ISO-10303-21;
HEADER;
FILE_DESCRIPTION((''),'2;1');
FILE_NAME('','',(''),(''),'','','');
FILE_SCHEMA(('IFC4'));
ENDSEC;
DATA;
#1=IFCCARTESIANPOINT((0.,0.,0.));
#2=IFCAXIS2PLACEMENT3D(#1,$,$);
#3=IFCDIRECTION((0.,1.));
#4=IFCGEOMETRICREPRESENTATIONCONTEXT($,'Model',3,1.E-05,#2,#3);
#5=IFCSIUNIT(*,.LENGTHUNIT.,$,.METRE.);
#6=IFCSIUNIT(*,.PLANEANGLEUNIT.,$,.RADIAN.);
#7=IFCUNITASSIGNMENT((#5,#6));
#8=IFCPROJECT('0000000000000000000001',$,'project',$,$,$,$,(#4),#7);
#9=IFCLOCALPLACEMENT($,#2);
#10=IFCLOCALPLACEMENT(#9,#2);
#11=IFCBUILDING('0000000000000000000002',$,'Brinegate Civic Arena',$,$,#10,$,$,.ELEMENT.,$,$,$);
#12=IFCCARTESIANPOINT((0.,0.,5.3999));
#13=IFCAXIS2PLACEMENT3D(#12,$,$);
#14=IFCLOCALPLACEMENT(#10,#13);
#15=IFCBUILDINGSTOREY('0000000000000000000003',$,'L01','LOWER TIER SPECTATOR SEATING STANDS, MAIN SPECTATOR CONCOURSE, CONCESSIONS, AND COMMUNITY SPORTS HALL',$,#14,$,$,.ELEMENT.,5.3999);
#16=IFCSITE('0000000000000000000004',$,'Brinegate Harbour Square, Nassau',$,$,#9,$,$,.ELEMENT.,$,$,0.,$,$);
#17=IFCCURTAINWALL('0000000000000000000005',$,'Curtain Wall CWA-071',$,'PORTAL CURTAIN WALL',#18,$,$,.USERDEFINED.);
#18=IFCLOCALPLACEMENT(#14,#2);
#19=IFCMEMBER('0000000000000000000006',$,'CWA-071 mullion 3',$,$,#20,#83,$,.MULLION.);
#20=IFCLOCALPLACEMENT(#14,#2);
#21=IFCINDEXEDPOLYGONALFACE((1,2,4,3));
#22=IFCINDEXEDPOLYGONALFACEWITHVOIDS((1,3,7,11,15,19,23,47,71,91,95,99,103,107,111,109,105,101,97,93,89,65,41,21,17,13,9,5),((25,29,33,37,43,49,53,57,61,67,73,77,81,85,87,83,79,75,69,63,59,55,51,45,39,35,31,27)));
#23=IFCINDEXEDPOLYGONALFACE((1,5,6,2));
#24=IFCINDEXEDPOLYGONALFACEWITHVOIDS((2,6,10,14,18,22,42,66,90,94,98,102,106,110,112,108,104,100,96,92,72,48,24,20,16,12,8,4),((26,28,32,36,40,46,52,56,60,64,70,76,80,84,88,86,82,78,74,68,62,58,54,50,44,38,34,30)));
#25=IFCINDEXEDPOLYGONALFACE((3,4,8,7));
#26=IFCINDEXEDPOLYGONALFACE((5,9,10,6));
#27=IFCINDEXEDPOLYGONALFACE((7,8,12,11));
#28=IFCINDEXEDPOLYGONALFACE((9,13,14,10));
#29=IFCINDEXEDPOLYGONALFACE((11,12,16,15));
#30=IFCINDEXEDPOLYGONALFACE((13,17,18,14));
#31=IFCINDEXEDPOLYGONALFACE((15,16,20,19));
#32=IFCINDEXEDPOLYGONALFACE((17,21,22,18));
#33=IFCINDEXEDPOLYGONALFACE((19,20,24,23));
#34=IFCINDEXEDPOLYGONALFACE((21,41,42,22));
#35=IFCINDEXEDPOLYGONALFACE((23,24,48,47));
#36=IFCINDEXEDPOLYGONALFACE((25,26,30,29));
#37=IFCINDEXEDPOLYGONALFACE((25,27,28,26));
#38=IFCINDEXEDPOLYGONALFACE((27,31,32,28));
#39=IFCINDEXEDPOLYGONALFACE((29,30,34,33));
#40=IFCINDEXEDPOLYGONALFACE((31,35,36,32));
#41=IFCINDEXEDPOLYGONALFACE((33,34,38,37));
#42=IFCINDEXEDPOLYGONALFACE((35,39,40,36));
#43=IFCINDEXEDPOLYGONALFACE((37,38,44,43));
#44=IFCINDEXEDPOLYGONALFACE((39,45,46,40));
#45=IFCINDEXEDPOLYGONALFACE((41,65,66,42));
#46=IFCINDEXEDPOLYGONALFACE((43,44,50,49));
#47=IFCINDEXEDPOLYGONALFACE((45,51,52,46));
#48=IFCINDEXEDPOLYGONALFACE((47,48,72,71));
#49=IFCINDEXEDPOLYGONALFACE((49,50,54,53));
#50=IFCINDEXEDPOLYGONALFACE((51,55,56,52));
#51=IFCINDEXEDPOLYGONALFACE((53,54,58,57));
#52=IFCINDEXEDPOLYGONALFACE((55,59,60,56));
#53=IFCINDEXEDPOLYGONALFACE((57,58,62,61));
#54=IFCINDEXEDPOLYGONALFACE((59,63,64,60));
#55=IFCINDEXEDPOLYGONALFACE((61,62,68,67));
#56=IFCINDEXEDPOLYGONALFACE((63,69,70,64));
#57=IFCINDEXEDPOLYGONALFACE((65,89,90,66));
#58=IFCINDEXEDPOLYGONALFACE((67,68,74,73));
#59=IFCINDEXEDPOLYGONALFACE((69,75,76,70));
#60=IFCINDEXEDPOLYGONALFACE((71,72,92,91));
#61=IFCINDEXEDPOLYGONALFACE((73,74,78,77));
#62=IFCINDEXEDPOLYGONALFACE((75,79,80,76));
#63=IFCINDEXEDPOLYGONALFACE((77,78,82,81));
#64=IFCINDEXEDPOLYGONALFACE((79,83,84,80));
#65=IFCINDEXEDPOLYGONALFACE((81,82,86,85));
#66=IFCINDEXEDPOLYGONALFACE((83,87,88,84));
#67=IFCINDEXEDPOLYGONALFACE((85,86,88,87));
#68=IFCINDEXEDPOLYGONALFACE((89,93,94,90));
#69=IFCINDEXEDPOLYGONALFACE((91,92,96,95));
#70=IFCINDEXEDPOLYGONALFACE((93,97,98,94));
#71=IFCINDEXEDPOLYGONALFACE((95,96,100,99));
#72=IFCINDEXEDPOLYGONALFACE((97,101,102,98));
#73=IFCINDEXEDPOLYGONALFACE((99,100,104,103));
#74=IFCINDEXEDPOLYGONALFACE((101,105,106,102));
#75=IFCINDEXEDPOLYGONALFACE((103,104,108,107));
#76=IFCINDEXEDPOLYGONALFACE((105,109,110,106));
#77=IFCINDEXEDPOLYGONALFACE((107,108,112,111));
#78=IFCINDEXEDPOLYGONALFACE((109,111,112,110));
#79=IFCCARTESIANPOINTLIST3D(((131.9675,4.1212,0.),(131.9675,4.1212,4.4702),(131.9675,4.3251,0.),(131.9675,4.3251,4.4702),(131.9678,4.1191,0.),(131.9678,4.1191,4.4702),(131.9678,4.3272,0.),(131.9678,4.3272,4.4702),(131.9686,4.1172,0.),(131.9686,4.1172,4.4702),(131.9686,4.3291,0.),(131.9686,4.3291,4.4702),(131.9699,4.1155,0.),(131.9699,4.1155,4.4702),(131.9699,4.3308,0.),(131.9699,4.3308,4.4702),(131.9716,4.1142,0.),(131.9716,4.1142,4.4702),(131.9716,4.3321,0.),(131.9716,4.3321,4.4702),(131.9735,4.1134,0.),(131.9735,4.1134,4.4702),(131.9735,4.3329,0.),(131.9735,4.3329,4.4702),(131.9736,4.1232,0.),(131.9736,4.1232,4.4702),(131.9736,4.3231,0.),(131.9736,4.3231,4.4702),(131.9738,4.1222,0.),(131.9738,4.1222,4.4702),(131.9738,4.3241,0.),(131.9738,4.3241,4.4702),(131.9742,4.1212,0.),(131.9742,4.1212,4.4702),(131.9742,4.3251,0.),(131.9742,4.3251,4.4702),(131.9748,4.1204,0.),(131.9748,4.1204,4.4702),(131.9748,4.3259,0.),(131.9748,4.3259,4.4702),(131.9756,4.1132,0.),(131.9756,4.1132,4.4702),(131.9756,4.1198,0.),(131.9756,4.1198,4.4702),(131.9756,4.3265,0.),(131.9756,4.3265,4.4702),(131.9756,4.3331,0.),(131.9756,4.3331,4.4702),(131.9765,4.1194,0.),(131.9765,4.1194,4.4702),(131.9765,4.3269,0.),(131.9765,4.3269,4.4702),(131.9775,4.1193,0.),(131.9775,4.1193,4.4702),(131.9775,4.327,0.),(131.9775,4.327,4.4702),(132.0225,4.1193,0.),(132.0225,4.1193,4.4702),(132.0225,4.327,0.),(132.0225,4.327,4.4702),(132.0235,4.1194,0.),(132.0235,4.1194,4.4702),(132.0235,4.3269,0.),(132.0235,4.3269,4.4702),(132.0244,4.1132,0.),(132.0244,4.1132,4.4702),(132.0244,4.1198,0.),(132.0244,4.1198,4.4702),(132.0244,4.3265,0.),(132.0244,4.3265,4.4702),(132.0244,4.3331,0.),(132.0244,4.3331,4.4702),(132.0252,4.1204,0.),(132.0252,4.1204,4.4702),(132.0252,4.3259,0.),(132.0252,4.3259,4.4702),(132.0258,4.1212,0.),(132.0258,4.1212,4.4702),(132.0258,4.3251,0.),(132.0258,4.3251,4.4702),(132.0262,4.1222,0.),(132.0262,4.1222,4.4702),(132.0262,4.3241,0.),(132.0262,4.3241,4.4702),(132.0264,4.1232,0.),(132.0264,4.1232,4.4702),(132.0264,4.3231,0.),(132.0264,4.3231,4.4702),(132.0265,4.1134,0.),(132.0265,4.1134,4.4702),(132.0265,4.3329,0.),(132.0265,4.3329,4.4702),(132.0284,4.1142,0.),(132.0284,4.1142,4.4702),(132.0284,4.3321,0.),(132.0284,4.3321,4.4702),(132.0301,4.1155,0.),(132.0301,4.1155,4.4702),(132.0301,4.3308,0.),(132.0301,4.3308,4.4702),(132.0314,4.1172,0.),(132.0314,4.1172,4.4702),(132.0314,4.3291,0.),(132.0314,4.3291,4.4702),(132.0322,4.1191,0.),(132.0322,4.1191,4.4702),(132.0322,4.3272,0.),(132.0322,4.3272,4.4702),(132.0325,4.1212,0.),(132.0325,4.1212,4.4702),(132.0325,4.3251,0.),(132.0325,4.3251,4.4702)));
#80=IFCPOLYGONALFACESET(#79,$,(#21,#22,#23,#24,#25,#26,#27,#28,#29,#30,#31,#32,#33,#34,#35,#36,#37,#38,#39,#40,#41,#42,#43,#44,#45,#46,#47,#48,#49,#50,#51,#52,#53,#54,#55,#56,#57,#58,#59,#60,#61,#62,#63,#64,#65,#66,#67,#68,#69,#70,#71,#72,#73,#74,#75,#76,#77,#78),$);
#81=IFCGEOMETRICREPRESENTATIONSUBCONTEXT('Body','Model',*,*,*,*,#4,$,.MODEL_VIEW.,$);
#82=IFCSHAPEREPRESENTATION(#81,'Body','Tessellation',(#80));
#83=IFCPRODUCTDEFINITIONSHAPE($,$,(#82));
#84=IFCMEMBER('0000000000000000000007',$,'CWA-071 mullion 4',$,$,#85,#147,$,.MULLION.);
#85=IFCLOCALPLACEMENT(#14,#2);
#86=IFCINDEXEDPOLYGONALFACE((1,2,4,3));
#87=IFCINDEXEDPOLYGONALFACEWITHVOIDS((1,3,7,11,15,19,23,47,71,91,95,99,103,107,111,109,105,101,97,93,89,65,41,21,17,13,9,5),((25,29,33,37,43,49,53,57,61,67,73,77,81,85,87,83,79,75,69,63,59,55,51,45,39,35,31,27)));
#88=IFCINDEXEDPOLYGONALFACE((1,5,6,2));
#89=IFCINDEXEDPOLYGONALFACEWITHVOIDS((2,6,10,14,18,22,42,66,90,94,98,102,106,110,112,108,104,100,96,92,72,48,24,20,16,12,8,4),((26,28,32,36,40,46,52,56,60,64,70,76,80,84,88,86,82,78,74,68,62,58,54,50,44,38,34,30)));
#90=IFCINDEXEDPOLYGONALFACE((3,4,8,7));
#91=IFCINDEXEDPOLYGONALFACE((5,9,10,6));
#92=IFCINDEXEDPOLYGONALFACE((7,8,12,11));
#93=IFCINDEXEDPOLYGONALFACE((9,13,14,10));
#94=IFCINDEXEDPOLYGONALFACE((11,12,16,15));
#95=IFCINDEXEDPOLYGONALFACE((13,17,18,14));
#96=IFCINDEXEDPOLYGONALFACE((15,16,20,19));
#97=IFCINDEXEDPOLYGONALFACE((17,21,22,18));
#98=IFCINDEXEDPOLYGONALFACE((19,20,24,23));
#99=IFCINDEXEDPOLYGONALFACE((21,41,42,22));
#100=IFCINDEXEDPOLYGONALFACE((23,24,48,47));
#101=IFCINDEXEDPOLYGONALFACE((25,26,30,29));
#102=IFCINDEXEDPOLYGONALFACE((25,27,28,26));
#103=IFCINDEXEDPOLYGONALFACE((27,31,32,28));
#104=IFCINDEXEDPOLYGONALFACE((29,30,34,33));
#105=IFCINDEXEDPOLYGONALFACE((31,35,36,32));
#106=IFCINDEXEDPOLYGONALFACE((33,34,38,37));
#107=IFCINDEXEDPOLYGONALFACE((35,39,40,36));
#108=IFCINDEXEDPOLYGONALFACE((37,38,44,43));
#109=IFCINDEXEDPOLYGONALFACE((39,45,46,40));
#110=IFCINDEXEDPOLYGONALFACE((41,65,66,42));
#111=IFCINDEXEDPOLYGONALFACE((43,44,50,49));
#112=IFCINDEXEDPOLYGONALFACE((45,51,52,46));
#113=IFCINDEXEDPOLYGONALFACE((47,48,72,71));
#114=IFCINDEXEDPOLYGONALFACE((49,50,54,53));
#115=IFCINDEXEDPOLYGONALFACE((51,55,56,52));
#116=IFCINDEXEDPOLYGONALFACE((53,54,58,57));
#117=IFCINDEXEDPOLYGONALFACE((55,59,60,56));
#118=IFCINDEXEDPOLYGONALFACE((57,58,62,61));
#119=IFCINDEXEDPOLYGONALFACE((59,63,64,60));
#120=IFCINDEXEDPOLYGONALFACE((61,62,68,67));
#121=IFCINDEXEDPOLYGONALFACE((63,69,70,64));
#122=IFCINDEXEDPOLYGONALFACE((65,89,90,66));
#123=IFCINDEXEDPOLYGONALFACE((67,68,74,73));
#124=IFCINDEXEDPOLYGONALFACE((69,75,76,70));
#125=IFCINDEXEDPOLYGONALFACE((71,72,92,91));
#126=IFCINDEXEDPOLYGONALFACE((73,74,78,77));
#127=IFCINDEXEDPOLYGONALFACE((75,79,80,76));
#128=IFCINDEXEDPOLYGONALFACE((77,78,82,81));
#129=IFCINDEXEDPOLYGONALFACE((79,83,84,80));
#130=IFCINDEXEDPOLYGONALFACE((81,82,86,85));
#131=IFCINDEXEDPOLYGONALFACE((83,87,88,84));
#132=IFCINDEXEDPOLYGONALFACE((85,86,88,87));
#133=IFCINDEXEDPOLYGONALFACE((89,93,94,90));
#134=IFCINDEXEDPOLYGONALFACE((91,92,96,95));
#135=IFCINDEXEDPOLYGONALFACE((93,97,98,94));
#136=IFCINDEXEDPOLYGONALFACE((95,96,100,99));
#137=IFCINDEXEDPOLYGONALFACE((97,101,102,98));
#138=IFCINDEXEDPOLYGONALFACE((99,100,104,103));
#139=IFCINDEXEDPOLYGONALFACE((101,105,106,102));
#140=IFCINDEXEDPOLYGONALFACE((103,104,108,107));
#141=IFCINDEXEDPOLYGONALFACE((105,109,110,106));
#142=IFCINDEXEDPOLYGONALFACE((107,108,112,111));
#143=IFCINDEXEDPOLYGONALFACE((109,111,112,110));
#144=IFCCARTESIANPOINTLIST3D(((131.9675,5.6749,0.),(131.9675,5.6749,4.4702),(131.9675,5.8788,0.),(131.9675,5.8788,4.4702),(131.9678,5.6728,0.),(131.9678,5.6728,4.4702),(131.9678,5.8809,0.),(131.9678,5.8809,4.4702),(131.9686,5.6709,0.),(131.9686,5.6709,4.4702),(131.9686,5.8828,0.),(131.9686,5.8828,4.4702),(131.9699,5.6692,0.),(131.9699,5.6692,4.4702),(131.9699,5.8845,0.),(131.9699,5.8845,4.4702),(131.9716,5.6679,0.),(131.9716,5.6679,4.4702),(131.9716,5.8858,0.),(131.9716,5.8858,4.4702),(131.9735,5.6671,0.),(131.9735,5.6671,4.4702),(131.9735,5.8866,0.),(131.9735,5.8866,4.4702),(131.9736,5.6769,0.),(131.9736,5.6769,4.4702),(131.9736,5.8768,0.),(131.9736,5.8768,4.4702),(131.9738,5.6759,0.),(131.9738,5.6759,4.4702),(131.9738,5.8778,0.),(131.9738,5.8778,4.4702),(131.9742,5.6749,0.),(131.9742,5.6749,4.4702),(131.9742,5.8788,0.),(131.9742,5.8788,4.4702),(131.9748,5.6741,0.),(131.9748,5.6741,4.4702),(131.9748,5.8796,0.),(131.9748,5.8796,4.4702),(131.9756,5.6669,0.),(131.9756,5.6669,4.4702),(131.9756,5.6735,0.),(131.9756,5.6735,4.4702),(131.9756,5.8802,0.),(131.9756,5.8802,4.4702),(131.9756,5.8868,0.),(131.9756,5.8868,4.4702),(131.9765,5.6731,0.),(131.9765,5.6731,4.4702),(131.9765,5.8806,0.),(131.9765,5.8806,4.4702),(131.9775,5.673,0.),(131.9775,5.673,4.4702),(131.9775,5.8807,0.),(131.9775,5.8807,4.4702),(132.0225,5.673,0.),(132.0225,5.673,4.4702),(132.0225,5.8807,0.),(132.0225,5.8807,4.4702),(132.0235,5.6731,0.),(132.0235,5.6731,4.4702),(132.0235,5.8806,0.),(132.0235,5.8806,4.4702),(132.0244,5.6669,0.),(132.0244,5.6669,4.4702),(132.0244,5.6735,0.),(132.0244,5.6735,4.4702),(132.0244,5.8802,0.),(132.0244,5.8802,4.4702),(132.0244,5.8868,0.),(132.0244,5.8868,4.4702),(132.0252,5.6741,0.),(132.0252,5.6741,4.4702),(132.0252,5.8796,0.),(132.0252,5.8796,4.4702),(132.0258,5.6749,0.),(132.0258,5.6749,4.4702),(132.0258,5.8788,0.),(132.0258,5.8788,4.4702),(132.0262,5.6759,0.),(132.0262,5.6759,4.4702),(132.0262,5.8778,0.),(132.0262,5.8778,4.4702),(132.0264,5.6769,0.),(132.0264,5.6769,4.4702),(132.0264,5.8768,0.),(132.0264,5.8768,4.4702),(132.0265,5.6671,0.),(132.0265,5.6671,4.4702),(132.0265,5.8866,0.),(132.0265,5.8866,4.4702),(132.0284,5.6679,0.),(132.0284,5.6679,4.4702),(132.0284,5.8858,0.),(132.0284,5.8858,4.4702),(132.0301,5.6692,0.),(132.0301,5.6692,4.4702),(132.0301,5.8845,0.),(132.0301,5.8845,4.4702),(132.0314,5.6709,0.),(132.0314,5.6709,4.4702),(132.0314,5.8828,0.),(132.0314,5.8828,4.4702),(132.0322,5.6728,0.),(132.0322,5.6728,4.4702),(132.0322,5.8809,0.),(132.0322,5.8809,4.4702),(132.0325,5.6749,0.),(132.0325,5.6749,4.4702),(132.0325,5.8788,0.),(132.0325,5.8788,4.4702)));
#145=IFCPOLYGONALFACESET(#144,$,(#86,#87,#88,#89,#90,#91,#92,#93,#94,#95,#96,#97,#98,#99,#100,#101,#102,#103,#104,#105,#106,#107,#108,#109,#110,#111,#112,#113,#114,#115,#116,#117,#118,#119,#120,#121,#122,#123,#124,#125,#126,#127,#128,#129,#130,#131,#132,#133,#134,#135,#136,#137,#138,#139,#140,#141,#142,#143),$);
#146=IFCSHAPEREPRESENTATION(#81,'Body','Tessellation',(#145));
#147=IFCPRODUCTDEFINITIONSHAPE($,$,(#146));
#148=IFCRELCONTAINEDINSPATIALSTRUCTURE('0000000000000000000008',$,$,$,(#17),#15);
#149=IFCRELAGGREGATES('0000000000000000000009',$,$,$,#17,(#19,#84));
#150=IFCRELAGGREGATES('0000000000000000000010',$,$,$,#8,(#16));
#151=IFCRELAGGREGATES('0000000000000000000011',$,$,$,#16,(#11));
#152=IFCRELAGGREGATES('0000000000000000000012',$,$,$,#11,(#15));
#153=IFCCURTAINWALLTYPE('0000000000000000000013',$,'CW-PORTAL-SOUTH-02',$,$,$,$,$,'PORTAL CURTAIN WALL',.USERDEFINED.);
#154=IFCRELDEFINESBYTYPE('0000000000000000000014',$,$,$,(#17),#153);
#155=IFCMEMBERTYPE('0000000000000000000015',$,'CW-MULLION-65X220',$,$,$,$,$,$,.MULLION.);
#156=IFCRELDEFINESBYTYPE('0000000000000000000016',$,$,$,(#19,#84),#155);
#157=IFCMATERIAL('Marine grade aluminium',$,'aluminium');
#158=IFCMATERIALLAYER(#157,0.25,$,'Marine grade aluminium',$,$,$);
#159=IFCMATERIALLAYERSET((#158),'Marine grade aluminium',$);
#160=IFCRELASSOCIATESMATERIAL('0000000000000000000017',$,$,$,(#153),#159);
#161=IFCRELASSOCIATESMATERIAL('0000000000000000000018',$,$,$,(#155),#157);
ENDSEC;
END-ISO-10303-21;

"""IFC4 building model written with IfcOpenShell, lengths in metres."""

from ifc_helpers import new_model, si_unit, direction, frame, origin, origin_2d, place, context, subcontext, project, spatial, hollow_rectangle, extrude, material, layer, layer_set, material_profile, profile_set, type_object, element, aggregate, save


model = new_model("IFC4")

# Units and contexts
model_context = context("Model", 3, precision=1e-05, world=origin(), true_north=direction((0.0, 1.0)))
body_context = subcontext(model_context, "Body", "Model", "MODEL_VIEW")
ifc_project = project(units=[si_unit("LENGTHUNIT", "METRE"), si_unit("PLANEANGLEUNIT", "RADIAN")], contexts=[model_context])

# Site, building, storey
site_placement = place(None, origin())
site = spatial("IfcSite", under=ifc_project, at=site_placement, Name="Brinegate Harbour Square, Nassau", CompositionType="ELEMENT", RefElevation=0.0)
building_placement = place(site_placement, origin())
building = spatial("IfcBuilding", under=site, at=building_placement, Name="Brinegate Civic Arena", CompositionType="ELEMENT")
storey_placement = place(building_placement, frame((0.0, 0.0, 5.3999)))
storey = spatial("IfcBuildingStorey", under=building, at=storey_placement, Name="L01", Description="LOWER TIER SPECTATOR SEATING STANDS, MAIN SPECTATOR CONCOURSE, CONCESSIONS, AND COMMUNITY SPORTS HALL", CompositionType="ELEMENT", Elevation=5.3999)

# Curtain wall, members
ifc_material_1 = material(Name="Marine grade aluminium", Category="aluminium")
ifc_layer_1 = layer(ifc_material_1, 0.25, Name="Marine grade aluminium")
ifc_layer_set_1 = layer_set([ifc_layer_1], Name="Marine grade aluminium")
curtain_wall_type = type_object("IfcCurtainWallType", Name="CW-PORTAL-SOUTH-02", ElementType="PORTAL CURTAIN WALL", PredefinedType="USERDEFINED", material=ifc_layer_set_1)
curtain_wall_placement = place(storey_placement, origin())
curtain_wall = element("IfcCurtainWall", 1, at=curtain_wall_placement, inside=storey, type_object=curtain_wall_type, Name="Curtain Wall CWA-071", ObjectType="PORTAL CURTAIN WALL", PredefinedType="USERDEFINED")
ifc_material_profile_1 = material_profile(ifc_material_1, hollow_rectangle(XDim=0.0649, YDim=0.22, WallThickness=0.0061, InnerFilletRadius=0.0039, OuterFilletRadius=0.0081, at=origin_2d()), Name="MUL65X220")
ifc_profile_set_1 = profile_set([ifc_material_profile_1], Name="Marine grade aluminium")
member_type_1 = type_object("IfcMemberType", Name="CW-MULLION-65X220", PredefinedType="MULLION", material=ifc_profile_set_1)
member_1_placement = place(storey_placement, frame((132.0, 4.2231, 0.0), z_axis=(0.0, 0.0, 1.0), x_axis=(-1.0, 0.0, 0.0)))
member_1 = element("IfcMember", 2, at=member_1_placement, type_object=member_type_1, Name="CWA-071 mullion 3", PredefinedType="MULLION", context=body_context, shape_type="SweptSolid", body=[
    extrude(hollow_rectangle(XDim=0.0649, YDim=0.22, WallThickness=0.0061, InnerFilletRadius=0.0039, OuterFilletRadius=0.0081, at=origin_2d()), origin(), (0.0, 0.0, 1.0), 4.4702),
])
member_2_placement = place(storey_placement, frame((132.0, 5.7769, 0.0), z_axis=(0.0, 0.0, 1.0), x_axis=(-1.0, 0.0, 0.0)))
member_2 = element("IfcMember", 3, at=member_2_placement, type_object=member_type_1, Name="CWA-071 mullion 4", PredefinedType="MULLION", context=body_context, shape_type="SweptSolid", body=[
    extrude(hollow_rectangle(XDim=0.0649, YDim=0.22, WallThickness=0.0061, InnerFilletRadius=0.0039, OuterFilletRadius=0.0081, at=origin_2d()), origin(), (0.0, 0.0, 1.0), 4.4702),
])

aggregate(curtain_wall, [member_1, member_2])

save(model, "model.ifc")
